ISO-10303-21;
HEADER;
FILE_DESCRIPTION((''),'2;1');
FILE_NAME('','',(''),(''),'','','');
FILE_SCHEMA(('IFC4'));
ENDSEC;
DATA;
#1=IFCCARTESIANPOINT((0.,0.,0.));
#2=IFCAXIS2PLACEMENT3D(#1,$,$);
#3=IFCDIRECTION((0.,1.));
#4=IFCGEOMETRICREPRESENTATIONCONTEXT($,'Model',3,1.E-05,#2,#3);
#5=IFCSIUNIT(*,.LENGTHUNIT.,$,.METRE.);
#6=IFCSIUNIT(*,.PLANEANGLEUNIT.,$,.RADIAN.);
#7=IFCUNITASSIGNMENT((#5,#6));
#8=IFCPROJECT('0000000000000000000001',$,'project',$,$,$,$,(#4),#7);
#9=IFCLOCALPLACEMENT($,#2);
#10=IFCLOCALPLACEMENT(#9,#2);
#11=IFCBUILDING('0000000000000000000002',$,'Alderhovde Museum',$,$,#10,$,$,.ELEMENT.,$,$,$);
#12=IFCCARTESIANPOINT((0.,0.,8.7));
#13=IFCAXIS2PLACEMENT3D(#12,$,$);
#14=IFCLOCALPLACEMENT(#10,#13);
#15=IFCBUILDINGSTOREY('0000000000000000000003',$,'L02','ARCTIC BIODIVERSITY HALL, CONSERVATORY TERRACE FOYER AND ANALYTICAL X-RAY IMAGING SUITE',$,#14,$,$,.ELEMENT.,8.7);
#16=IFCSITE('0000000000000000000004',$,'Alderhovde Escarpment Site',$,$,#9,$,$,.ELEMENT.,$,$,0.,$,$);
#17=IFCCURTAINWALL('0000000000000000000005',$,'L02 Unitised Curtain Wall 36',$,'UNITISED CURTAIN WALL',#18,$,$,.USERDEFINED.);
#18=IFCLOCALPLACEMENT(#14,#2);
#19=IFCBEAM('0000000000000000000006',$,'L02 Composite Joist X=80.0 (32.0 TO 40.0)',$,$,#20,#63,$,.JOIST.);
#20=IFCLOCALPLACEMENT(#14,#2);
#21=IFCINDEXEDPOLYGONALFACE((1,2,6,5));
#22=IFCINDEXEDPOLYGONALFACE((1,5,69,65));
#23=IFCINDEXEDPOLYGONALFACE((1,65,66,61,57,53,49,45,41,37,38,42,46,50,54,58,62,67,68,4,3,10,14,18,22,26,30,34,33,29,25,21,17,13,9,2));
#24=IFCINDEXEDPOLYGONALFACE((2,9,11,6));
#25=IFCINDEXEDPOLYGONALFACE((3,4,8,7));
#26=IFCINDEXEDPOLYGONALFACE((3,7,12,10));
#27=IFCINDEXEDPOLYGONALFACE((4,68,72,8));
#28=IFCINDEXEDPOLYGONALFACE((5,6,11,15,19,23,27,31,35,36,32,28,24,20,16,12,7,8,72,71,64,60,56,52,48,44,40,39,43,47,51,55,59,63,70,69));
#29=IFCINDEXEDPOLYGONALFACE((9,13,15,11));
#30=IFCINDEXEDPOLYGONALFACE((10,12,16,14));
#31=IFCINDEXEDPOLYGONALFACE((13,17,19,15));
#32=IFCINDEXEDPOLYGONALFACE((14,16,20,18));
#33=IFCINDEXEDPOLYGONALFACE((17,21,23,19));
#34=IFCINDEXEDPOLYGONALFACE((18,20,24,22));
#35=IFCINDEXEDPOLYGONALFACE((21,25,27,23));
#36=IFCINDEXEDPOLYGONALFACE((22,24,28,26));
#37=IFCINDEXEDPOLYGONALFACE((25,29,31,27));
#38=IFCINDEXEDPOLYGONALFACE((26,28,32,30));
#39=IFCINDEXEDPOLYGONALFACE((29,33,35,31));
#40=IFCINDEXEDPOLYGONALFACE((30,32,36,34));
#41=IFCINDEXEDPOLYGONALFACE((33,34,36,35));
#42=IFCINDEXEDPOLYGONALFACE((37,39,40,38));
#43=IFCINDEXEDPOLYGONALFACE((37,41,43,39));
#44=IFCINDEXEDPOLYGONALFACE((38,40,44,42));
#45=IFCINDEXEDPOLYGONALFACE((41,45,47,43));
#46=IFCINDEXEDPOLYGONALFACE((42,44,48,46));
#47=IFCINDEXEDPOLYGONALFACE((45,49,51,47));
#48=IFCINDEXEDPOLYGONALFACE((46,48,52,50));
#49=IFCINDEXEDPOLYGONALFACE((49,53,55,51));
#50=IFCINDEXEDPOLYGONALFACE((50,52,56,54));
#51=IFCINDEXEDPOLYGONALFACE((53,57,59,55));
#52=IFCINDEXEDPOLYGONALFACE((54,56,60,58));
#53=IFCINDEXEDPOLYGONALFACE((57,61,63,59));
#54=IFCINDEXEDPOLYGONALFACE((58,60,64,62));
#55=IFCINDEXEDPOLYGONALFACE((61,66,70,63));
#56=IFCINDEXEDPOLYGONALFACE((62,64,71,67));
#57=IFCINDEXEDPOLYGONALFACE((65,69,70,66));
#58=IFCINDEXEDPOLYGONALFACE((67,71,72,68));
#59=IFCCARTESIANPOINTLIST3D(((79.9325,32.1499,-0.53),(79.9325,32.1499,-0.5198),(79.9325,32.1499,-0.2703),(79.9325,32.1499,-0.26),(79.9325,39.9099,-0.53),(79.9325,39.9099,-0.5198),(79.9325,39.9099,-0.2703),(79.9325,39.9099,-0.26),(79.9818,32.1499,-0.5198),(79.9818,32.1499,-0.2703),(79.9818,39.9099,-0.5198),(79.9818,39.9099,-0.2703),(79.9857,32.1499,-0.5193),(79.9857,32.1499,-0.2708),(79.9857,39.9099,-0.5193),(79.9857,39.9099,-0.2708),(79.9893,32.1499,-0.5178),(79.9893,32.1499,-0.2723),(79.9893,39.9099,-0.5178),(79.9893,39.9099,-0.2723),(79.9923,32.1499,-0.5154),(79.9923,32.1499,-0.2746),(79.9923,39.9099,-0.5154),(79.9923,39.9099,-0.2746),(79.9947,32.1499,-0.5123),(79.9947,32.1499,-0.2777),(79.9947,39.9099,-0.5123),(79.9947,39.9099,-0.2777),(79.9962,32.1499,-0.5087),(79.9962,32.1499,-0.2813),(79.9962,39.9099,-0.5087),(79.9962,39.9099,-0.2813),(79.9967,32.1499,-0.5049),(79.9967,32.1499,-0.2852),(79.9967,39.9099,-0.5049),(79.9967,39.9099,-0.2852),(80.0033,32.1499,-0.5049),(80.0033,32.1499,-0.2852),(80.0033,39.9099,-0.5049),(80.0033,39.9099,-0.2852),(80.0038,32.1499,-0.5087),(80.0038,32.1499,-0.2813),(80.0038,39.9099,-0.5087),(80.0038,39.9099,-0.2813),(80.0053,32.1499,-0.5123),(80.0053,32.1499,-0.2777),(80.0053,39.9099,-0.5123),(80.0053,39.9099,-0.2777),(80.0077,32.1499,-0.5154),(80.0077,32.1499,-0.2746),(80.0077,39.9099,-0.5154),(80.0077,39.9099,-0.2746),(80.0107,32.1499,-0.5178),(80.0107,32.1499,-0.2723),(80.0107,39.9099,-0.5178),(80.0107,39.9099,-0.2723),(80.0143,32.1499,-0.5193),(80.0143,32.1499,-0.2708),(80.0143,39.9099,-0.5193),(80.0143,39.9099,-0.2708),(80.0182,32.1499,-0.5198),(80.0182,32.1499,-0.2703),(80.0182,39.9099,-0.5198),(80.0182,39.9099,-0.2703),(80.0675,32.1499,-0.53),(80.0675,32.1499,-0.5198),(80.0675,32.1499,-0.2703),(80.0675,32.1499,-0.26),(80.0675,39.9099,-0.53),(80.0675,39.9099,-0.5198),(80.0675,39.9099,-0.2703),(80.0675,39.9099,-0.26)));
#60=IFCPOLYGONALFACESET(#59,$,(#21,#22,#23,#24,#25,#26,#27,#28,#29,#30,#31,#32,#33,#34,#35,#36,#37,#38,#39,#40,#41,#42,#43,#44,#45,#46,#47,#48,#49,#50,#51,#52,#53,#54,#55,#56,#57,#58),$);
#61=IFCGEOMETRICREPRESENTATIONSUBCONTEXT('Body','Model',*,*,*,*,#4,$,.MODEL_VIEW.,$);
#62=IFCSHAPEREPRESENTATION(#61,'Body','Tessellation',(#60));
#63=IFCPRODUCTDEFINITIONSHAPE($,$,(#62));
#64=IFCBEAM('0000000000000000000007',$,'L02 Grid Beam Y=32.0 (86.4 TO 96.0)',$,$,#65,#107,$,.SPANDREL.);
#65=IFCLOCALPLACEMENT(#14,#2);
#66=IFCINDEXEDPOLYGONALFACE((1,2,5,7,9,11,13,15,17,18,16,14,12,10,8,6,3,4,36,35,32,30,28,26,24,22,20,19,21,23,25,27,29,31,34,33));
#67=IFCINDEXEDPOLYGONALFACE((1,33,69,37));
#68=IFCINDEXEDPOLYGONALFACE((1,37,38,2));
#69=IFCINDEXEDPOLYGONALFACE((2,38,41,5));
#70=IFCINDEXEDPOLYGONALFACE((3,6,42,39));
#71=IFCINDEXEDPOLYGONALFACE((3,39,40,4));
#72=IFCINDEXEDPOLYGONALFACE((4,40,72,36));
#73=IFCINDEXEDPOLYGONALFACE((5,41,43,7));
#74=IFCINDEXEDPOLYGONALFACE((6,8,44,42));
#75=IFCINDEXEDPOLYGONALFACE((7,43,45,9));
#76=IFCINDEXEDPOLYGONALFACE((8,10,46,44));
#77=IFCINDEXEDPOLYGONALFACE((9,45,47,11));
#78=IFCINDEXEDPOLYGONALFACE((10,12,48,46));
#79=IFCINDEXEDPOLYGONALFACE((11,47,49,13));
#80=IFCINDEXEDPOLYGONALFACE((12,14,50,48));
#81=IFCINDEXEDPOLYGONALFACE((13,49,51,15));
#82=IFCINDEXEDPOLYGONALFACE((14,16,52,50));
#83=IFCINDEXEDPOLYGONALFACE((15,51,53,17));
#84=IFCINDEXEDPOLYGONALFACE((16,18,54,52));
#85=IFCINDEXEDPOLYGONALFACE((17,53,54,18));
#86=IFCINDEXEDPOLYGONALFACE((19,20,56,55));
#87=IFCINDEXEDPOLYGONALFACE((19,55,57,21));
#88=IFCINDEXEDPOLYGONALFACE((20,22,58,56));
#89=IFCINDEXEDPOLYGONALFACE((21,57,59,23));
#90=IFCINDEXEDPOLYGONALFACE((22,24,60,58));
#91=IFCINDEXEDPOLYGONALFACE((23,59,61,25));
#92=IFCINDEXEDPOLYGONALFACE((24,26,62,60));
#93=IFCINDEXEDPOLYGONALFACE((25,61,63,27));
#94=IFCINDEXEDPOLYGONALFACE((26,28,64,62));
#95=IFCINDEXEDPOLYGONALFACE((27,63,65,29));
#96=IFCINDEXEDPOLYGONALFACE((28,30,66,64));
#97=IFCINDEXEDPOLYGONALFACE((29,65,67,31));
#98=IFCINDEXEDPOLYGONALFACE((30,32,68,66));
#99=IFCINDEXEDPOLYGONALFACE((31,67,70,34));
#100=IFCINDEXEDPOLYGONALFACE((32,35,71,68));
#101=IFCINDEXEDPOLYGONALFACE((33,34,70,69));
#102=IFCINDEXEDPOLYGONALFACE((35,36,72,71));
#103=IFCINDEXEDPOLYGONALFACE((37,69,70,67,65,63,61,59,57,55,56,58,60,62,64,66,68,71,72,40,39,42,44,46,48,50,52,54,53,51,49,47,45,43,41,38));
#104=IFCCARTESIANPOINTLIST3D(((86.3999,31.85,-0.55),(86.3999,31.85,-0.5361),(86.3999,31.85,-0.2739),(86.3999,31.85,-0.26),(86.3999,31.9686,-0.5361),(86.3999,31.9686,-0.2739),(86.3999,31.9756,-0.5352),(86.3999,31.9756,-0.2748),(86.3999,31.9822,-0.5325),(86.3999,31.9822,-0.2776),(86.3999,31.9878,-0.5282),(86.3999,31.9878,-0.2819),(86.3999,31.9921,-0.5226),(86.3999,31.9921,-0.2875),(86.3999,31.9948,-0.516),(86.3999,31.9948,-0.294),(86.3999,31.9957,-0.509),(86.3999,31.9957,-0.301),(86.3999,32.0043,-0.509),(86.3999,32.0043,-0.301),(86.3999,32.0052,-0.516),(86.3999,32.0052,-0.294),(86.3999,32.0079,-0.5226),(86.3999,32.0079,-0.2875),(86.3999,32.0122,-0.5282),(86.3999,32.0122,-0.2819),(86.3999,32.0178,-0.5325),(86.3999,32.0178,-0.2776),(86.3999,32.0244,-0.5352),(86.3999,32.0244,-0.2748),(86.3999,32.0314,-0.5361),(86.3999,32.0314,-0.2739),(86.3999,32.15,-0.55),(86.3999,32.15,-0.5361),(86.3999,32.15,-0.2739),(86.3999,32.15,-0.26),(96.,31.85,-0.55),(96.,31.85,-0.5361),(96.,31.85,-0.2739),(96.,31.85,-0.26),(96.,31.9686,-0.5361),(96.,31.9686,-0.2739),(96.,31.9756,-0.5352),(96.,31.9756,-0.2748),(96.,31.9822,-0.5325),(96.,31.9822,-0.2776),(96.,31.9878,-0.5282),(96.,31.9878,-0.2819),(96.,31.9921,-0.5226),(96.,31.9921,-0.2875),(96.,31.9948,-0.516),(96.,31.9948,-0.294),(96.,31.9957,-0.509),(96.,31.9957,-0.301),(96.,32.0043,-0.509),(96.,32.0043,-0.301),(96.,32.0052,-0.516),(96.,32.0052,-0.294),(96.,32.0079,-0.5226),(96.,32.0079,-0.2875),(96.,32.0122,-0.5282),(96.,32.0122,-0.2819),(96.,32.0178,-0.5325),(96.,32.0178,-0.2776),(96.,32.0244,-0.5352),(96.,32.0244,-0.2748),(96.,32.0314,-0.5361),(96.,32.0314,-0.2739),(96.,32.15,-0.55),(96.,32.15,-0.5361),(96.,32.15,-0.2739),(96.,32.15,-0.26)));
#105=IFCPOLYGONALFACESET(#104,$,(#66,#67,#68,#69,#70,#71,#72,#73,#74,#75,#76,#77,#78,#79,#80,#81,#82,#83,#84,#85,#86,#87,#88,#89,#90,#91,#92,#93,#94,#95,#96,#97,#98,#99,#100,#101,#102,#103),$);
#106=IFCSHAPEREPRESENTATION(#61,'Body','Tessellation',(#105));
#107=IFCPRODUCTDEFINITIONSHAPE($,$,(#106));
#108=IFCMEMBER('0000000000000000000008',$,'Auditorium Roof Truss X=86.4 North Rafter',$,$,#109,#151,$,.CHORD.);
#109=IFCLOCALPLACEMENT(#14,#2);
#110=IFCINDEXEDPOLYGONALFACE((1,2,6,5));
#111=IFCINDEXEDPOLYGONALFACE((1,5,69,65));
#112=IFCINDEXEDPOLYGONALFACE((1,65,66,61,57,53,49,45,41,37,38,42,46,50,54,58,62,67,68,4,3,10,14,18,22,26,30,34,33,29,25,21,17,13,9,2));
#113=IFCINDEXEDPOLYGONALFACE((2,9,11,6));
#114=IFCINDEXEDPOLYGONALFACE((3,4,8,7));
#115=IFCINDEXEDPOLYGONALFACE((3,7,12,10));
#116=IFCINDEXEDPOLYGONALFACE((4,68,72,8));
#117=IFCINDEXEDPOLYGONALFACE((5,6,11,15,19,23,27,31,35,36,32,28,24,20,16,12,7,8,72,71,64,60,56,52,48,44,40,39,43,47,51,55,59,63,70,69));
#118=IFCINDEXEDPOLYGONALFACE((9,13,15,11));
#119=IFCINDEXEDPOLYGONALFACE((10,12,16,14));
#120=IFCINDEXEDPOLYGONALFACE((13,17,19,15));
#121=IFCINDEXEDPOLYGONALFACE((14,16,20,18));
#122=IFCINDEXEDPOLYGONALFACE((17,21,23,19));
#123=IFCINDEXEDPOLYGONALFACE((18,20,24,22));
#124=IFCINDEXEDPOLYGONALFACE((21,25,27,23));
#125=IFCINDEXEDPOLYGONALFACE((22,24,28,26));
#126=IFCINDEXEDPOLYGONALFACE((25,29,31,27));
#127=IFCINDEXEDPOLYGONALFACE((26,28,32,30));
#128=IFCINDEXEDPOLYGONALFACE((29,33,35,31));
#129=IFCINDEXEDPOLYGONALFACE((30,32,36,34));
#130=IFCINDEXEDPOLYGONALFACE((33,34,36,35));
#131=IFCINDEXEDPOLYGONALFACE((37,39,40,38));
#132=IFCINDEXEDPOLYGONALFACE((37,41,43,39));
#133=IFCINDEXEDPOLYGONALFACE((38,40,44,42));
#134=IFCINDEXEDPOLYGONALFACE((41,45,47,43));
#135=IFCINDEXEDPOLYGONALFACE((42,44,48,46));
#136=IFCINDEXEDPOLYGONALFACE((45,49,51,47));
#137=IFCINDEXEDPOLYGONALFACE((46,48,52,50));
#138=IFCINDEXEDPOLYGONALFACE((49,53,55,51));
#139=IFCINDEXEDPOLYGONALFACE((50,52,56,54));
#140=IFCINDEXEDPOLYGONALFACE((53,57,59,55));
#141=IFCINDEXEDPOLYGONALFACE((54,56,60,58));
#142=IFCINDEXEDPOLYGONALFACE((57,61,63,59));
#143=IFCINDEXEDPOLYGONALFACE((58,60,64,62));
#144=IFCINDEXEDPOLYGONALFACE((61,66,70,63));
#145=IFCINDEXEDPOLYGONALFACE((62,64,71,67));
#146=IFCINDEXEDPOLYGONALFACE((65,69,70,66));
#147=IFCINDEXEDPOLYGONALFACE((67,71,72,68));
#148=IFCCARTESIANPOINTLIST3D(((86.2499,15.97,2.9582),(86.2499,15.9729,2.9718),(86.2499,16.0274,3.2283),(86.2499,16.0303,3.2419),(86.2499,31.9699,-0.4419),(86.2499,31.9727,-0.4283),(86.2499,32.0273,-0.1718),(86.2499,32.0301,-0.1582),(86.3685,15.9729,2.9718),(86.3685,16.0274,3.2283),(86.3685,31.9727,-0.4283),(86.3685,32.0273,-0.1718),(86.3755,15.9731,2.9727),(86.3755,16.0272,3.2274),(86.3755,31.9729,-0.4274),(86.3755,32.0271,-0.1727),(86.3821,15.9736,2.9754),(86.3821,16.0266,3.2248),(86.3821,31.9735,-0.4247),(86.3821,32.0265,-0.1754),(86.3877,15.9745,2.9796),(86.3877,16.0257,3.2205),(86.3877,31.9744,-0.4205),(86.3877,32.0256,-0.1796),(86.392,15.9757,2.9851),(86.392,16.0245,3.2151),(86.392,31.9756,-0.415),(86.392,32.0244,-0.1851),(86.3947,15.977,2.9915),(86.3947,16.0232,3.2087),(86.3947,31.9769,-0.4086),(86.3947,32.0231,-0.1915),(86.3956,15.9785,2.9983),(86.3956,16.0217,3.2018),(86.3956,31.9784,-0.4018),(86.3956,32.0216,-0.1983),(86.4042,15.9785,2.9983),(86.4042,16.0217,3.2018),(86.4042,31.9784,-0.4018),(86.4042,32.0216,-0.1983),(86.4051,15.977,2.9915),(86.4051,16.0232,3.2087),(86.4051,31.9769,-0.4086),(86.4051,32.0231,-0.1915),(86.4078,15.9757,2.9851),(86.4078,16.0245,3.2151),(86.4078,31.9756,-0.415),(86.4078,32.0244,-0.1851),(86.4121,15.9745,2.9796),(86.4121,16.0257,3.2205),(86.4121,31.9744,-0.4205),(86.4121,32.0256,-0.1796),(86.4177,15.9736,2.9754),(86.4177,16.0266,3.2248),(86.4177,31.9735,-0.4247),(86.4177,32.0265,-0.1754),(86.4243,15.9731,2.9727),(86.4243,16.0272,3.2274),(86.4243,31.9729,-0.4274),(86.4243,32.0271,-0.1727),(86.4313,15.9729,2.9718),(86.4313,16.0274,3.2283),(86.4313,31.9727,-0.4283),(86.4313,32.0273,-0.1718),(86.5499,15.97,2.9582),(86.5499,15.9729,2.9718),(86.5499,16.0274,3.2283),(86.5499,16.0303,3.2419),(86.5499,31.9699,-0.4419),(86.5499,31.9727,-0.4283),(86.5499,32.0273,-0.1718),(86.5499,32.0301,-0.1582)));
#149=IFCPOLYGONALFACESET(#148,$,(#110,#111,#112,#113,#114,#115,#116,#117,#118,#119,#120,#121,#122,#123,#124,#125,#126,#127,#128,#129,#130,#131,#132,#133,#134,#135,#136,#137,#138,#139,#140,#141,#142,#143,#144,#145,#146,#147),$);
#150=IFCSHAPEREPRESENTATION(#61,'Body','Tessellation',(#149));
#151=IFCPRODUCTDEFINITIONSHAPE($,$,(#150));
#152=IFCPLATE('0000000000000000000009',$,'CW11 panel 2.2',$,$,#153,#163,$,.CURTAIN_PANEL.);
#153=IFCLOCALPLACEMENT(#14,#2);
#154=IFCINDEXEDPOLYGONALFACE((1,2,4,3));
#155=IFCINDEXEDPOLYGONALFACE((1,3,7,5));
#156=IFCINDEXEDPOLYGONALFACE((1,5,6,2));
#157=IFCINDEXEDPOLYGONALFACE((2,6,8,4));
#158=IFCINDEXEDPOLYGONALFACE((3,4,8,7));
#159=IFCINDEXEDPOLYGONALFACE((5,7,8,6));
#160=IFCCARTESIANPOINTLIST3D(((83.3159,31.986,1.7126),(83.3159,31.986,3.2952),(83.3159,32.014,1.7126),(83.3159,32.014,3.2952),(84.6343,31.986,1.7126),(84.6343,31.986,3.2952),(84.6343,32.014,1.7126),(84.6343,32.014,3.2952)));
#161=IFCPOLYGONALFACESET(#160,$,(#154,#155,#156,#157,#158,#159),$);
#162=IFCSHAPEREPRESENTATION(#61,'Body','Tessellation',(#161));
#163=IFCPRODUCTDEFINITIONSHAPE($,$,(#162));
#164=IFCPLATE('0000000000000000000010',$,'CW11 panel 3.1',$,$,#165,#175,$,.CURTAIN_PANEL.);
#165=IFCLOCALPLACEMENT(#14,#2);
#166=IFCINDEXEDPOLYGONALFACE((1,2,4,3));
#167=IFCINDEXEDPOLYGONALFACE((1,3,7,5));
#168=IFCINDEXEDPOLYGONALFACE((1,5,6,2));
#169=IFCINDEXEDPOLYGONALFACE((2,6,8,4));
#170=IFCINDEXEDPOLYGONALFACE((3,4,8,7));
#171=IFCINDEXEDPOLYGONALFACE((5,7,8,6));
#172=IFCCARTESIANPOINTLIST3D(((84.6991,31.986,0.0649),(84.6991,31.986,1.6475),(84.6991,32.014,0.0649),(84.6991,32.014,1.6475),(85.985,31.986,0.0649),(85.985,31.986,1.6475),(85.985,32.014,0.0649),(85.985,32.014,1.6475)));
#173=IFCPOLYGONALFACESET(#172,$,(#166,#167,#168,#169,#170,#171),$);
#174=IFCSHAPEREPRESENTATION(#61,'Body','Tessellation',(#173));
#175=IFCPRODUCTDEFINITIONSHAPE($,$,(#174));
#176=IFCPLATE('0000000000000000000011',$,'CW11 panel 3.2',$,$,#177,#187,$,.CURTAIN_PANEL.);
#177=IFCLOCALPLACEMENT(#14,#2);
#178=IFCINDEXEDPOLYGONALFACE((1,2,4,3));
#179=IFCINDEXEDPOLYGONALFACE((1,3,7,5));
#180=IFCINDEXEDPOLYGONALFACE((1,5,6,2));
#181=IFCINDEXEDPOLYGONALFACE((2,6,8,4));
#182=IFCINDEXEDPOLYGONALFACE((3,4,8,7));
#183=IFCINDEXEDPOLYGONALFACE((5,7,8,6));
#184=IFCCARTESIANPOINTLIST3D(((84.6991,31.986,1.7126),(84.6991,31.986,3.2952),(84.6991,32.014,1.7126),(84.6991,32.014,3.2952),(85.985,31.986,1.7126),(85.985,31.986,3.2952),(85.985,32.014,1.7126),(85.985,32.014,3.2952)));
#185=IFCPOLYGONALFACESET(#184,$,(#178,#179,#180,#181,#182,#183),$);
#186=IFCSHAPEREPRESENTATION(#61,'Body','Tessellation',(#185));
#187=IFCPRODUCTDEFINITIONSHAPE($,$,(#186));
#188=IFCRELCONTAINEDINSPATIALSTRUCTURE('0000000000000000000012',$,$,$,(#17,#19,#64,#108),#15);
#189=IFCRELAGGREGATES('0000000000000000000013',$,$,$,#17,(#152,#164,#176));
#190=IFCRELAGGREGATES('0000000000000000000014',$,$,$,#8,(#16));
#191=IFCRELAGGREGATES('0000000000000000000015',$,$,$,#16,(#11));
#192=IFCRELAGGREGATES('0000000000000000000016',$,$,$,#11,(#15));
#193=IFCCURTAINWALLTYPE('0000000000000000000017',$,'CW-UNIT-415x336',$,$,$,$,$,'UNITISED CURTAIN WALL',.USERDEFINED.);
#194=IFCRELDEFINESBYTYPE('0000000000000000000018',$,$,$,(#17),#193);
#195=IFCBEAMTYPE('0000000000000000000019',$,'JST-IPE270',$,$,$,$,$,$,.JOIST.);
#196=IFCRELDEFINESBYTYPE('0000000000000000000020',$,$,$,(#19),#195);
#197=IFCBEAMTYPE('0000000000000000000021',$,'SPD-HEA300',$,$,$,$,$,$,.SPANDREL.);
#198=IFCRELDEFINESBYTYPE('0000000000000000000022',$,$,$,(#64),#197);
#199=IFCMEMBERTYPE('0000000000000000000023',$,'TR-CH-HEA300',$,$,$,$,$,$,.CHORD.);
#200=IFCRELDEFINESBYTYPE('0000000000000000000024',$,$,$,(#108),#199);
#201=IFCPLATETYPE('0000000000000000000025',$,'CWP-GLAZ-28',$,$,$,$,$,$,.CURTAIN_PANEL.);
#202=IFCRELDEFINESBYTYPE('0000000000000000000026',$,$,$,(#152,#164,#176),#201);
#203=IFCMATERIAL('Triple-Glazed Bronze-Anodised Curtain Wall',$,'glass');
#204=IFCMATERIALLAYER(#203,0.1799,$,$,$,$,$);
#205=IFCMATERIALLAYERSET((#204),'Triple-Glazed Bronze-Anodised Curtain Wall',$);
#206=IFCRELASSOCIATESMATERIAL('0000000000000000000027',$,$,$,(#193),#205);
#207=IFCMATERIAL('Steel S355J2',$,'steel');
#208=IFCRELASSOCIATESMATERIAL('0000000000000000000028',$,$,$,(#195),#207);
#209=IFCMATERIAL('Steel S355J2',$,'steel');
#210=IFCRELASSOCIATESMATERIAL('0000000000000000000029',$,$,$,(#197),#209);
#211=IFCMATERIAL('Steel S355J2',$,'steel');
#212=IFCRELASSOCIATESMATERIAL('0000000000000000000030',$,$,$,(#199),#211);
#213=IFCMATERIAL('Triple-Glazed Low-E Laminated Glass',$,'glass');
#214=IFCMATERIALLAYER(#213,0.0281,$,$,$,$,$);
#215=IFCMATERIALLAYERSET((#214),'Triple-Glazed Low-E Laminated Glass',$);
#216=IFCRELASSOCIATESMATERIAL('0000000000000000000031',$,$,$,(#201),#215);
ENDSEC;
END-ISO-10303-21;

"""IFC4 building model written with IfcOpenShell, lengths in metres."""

from ifc_helpers import new_model, si_unit, direction, frame, origin, origin_2d, place, context, subcontext, project, spatial, rectangle, i_section, extrude, material, layer, layer_set, material_profile, profile_set, type_object, element, aggregate, save


model = new_model("IFC4")

# Units and contexts
model_context = context("Model", 3, precision=1e-05, world=origin(), true_north=direction((0.0, 1.0)))
body_context = subcontext(model_context, "Body", "Model", "MODEL_VIEW")
ifc_project = project(units=[si_unit("LENGTHUNIT", "METRE"), si_unit("PLANEANGLEUNIT", "RADIAN")], contexts=[model_context])

# Site, building, storey
site_placement = place(None, origin())
site = spatial("IfcSite", under=ifc_project, at=site_placement, Name="Alderhovde Escarpment Site", CompositionType="ELEMENT", RefElevation=0.0)
building_placement = place(site_placement, origin())
building = spatial("IfcBuilding", under=site, at=building_placement, Name="Alderhovde Museum", CompositionType="ELEMENT")
storey_placement = place(building_placement, frame((0.0, 0.0, 8.7)))
storey = spatial("IfcBuildingStorey", under=building, at=storey_placement, Name="L02", Description="ARCTIC BIODIVERSITY HALL, CONSERVATORY TERRACE FOYER AND ANALYTICAL X-RAY IMAGING SUITE", CompositionType="ELEMENT", Elevation=8.7)

# Curtain wall
ifc_material_1 = material(Name="Triple-Glazed Bronze-Anodised Curtain Wall", Category="glass")
ifc_layer_1 = layer(ifc_material_1, 0.1799)
ifc_layer_set_1 = layer_set([ifc_layer_1], Name="Triple-Glazed Bronze-Anodised Curtain Wall")
curtain_wall_type_1 = type_object("IfcCurtainWallType", Name="CW-UNIT-415x336", ElementType="UNITISED CURTAIN WALL", PredefinedType="USERDEFINED", material=ifc_layer_set_1)
curtain_wall_1_placement = place(storey_placement, origin())
curtain_wall_1 = element("IfcCurtainWall", 1, at=curtain_wall_1_placement, inside=storey, type_object=curtain_wall_type_1, Name="L02 Unitised Curtain Wall 36", ObjectType="UNITISED CURTAIN WALL", PredefinedType="USERDEFINED")

# Beams
ifc_material_2 = material(Name="Steel S355J2", Category="steel")
ifc_material_profile_1 = material_profile(ifc_material_2, i_section(OverallWidth=0.135, OverallDepth=0.27, WebThickness=0.0066, FlangeThickness=0.0103, FilletRadius=0.0149, at=origin_2d()), Name="IPE 270")
ifc_profile_set_1 = profile_set([ifc_material_profile_1], Name="Steel S355J2")
beam_type_1 = type_object("IfcBeamType", Name="JST-IPE270", PredefinedType="JOIST", material=ifc_profile_set_1)
beam_1_placement = place(storey_placement, frame((80.0, 32.1499, -0.395), z_axis=(0.0, 1.0, 0.0), x_axis=(-1.0, 0.0, 0.0)))
element("IfcBeam", 2, at=beam_1_placement, inside=storey, type_object=beam_type_1, Name="L02 Composite Joist X=80.0 (32.0 TO 40.0)", PredefinedType="JOIST", context=body_context, shape_type="SweptSolid", body=[
    extrude(i_section(OverallWidth=0.135, OverallDepth=0.27, WebThickness=0.0066, FlangeThickness=0.0103, FilletRadius=0.0149, at=origin_2d()), origin(), (0.0, 0.0, 1.0), 7.76),
])
ifc_material_3 = material(Name="Steel S355J2", Category="steel")
ifc_material_profile_2 = material_profile(ifc_material_3, i_section(OverallWidth=0.3, OverallDepth=0.29, WebThickness=0.0085, FlangeThickness=0.0139, FilletRadius=0.0271, at=origin_2d()), Name="HEA 300")
ifc_profile_set_2 = profile_set([ifc_material_profile_2], Name="Steel S355J2")
beam_type_2 = type_object("IfcBeamType", Name="SPD-HEA300", PredefinedType="SPANDREL", material=ifc_profile_set_2)
beam_2_placement = place(storey_placement, frame((86.3999, 32.0, -0.405), z_axis=(1.0, 0.0, 0.0), x_axis=(0.0, 1.0, 0.0)))
element("IfcBeam", 3, at=beam_2_placement, inside=storey, type_object=beam_type_2, Name="L02 Grid Beam Y=32.0 (86.4 TO 96.0)", PredefinedType="SPANDREL", context=body_context, shape_type="SweptSolid", body=[
    extrude(i_section(OverallWidth=0.3, OverallDepth=0.29, WebThickness=0.0085, FlangeThickness=0.0139, FilletRadius=0.0271, at=origin_2d()), origin(), (0.0, 0.0, 1.0), 9.6001),
])

# Member
ifc_material_4 = material(Name="Steel S355J2", Category="steel")
ifc_material_profile_3 = material_profile(ifc_material_4, i_section(OverallWidth=0.3, OverallDepth=0.29, WebThickness=0.0085, FlangeThickness=0.0139, FilletRadius=0.0271, at=origin_2d()), Name="HEA 300")
ifc_profile_set_3 = profile_set([ifc_material_profile_3], Name="Steel S355J2")
member_type_1 = type_object("IfcMemberType", Name="TR-CH-HEA300", PredefinedType="CHORD", material=ifc_profile_set_3)
member_1_placement = place(storey_placement, frame((86.3999, 32.0, -0.3), z_axis=(0.0, -0.978157, 0.207867), x_axis=(1.0, 0.0, 0.0)))
element("IfcMember", 4, at=member_1_placement, inside=storey, type_object=member_type_1, Name="Auditorium Roof Truss X=86.4 North Rafter", PredefinedType="CHORD", context=body_context, shape_type="SweptSolid", body=[
    extrude(i_section(OverallWidth=0.3, OverallDepth=0.29, WebThickness=0.0085, FlangeThickness=0.0139, FilletRadius=0.0271, at=origin_2d()), origin(), (0.0, 0.0, 1.0), 16.3572),
])

# Plates
ifc_material_5 = material(Name="Triple-Glazed Low-E Laminated Glass", Category="glass")
ifc_layer_2 = layer(ifc_material_5, 0.0281)
ifc_layer_set_2 = layer_set([ifc_layer_2], Name="Triple-Glazed Low-E Laminated Glass")
plate_type_1 = type_object("IfcPlateType", Name="CWP-GLAZ-28", PredefinedType="CURTAIN_PANEL", material=ifc_layer_set_2)
plate_1_placement = place(storey_placement, frame((83.9751, 32.0, 1.7126), z_axis=(0.0, 0.0, 1.0), x_axis=(1.0, 0.0, 0.0)))
plate_1 = element("IfcPlate", 5, at=plate_1_placement, type_object=plate_type_1, Name="CW11 panel 2.2", PredefinedType="CURTAIN_PANEL", context=body_context, shape_type="SweptSolid", body=[
    extrude(rectangle(XDim=1.3184, YDim=0.0281, at=origin_2d()), origin(), (0.0, 0.0, 1.0), 1.5825),
])
plate_2_placement = place(storey_placement, frame((85.342, 32.0, 0.0649), z_axis=(0.0, 0.0, 1.0), x_axis=(1.0, 0.0, 0.0)))
plate_2 = element("IfcPlate", 6, at=plate_2_placement, type_object=plate_type_1, Name="CW11 panel 3.1", PredefinedType="CURTAIN_PANEL", context=body_context, shape_type="SweptSolid", body=[
    extrude(rectangle(XDim=1.2859, YDim=0.0281, at=origin_2d()), origin(), (0.0, 0.0, 1.0), 1.5825),
])
plate_3_placement = place(storey_placement, frame((85.342, 32.0, 1.7126), z_axis=(0.0, 0.0, 1.0), x_axis=(1.0, 0.0, 0.0)))
plate_3 = element("IfcPlate", 7, at=plate_3_placement, type_object=plate_type_1, Name="CW11 panel 3.2", PredefinedType="CURTAIN_PANEL", context=body_context, shape_type="SweptSolid", body=[
    extrude(rectangle(XDim=1.2859, YDim=0.0281, at=origin_2d()), origin(), (0.0, 0.0, 1.0), 1.5825),
])
aggregate(curtain_wall_1, [plate_1, plate_2, plate_3])

save(model, "model.ifc")
